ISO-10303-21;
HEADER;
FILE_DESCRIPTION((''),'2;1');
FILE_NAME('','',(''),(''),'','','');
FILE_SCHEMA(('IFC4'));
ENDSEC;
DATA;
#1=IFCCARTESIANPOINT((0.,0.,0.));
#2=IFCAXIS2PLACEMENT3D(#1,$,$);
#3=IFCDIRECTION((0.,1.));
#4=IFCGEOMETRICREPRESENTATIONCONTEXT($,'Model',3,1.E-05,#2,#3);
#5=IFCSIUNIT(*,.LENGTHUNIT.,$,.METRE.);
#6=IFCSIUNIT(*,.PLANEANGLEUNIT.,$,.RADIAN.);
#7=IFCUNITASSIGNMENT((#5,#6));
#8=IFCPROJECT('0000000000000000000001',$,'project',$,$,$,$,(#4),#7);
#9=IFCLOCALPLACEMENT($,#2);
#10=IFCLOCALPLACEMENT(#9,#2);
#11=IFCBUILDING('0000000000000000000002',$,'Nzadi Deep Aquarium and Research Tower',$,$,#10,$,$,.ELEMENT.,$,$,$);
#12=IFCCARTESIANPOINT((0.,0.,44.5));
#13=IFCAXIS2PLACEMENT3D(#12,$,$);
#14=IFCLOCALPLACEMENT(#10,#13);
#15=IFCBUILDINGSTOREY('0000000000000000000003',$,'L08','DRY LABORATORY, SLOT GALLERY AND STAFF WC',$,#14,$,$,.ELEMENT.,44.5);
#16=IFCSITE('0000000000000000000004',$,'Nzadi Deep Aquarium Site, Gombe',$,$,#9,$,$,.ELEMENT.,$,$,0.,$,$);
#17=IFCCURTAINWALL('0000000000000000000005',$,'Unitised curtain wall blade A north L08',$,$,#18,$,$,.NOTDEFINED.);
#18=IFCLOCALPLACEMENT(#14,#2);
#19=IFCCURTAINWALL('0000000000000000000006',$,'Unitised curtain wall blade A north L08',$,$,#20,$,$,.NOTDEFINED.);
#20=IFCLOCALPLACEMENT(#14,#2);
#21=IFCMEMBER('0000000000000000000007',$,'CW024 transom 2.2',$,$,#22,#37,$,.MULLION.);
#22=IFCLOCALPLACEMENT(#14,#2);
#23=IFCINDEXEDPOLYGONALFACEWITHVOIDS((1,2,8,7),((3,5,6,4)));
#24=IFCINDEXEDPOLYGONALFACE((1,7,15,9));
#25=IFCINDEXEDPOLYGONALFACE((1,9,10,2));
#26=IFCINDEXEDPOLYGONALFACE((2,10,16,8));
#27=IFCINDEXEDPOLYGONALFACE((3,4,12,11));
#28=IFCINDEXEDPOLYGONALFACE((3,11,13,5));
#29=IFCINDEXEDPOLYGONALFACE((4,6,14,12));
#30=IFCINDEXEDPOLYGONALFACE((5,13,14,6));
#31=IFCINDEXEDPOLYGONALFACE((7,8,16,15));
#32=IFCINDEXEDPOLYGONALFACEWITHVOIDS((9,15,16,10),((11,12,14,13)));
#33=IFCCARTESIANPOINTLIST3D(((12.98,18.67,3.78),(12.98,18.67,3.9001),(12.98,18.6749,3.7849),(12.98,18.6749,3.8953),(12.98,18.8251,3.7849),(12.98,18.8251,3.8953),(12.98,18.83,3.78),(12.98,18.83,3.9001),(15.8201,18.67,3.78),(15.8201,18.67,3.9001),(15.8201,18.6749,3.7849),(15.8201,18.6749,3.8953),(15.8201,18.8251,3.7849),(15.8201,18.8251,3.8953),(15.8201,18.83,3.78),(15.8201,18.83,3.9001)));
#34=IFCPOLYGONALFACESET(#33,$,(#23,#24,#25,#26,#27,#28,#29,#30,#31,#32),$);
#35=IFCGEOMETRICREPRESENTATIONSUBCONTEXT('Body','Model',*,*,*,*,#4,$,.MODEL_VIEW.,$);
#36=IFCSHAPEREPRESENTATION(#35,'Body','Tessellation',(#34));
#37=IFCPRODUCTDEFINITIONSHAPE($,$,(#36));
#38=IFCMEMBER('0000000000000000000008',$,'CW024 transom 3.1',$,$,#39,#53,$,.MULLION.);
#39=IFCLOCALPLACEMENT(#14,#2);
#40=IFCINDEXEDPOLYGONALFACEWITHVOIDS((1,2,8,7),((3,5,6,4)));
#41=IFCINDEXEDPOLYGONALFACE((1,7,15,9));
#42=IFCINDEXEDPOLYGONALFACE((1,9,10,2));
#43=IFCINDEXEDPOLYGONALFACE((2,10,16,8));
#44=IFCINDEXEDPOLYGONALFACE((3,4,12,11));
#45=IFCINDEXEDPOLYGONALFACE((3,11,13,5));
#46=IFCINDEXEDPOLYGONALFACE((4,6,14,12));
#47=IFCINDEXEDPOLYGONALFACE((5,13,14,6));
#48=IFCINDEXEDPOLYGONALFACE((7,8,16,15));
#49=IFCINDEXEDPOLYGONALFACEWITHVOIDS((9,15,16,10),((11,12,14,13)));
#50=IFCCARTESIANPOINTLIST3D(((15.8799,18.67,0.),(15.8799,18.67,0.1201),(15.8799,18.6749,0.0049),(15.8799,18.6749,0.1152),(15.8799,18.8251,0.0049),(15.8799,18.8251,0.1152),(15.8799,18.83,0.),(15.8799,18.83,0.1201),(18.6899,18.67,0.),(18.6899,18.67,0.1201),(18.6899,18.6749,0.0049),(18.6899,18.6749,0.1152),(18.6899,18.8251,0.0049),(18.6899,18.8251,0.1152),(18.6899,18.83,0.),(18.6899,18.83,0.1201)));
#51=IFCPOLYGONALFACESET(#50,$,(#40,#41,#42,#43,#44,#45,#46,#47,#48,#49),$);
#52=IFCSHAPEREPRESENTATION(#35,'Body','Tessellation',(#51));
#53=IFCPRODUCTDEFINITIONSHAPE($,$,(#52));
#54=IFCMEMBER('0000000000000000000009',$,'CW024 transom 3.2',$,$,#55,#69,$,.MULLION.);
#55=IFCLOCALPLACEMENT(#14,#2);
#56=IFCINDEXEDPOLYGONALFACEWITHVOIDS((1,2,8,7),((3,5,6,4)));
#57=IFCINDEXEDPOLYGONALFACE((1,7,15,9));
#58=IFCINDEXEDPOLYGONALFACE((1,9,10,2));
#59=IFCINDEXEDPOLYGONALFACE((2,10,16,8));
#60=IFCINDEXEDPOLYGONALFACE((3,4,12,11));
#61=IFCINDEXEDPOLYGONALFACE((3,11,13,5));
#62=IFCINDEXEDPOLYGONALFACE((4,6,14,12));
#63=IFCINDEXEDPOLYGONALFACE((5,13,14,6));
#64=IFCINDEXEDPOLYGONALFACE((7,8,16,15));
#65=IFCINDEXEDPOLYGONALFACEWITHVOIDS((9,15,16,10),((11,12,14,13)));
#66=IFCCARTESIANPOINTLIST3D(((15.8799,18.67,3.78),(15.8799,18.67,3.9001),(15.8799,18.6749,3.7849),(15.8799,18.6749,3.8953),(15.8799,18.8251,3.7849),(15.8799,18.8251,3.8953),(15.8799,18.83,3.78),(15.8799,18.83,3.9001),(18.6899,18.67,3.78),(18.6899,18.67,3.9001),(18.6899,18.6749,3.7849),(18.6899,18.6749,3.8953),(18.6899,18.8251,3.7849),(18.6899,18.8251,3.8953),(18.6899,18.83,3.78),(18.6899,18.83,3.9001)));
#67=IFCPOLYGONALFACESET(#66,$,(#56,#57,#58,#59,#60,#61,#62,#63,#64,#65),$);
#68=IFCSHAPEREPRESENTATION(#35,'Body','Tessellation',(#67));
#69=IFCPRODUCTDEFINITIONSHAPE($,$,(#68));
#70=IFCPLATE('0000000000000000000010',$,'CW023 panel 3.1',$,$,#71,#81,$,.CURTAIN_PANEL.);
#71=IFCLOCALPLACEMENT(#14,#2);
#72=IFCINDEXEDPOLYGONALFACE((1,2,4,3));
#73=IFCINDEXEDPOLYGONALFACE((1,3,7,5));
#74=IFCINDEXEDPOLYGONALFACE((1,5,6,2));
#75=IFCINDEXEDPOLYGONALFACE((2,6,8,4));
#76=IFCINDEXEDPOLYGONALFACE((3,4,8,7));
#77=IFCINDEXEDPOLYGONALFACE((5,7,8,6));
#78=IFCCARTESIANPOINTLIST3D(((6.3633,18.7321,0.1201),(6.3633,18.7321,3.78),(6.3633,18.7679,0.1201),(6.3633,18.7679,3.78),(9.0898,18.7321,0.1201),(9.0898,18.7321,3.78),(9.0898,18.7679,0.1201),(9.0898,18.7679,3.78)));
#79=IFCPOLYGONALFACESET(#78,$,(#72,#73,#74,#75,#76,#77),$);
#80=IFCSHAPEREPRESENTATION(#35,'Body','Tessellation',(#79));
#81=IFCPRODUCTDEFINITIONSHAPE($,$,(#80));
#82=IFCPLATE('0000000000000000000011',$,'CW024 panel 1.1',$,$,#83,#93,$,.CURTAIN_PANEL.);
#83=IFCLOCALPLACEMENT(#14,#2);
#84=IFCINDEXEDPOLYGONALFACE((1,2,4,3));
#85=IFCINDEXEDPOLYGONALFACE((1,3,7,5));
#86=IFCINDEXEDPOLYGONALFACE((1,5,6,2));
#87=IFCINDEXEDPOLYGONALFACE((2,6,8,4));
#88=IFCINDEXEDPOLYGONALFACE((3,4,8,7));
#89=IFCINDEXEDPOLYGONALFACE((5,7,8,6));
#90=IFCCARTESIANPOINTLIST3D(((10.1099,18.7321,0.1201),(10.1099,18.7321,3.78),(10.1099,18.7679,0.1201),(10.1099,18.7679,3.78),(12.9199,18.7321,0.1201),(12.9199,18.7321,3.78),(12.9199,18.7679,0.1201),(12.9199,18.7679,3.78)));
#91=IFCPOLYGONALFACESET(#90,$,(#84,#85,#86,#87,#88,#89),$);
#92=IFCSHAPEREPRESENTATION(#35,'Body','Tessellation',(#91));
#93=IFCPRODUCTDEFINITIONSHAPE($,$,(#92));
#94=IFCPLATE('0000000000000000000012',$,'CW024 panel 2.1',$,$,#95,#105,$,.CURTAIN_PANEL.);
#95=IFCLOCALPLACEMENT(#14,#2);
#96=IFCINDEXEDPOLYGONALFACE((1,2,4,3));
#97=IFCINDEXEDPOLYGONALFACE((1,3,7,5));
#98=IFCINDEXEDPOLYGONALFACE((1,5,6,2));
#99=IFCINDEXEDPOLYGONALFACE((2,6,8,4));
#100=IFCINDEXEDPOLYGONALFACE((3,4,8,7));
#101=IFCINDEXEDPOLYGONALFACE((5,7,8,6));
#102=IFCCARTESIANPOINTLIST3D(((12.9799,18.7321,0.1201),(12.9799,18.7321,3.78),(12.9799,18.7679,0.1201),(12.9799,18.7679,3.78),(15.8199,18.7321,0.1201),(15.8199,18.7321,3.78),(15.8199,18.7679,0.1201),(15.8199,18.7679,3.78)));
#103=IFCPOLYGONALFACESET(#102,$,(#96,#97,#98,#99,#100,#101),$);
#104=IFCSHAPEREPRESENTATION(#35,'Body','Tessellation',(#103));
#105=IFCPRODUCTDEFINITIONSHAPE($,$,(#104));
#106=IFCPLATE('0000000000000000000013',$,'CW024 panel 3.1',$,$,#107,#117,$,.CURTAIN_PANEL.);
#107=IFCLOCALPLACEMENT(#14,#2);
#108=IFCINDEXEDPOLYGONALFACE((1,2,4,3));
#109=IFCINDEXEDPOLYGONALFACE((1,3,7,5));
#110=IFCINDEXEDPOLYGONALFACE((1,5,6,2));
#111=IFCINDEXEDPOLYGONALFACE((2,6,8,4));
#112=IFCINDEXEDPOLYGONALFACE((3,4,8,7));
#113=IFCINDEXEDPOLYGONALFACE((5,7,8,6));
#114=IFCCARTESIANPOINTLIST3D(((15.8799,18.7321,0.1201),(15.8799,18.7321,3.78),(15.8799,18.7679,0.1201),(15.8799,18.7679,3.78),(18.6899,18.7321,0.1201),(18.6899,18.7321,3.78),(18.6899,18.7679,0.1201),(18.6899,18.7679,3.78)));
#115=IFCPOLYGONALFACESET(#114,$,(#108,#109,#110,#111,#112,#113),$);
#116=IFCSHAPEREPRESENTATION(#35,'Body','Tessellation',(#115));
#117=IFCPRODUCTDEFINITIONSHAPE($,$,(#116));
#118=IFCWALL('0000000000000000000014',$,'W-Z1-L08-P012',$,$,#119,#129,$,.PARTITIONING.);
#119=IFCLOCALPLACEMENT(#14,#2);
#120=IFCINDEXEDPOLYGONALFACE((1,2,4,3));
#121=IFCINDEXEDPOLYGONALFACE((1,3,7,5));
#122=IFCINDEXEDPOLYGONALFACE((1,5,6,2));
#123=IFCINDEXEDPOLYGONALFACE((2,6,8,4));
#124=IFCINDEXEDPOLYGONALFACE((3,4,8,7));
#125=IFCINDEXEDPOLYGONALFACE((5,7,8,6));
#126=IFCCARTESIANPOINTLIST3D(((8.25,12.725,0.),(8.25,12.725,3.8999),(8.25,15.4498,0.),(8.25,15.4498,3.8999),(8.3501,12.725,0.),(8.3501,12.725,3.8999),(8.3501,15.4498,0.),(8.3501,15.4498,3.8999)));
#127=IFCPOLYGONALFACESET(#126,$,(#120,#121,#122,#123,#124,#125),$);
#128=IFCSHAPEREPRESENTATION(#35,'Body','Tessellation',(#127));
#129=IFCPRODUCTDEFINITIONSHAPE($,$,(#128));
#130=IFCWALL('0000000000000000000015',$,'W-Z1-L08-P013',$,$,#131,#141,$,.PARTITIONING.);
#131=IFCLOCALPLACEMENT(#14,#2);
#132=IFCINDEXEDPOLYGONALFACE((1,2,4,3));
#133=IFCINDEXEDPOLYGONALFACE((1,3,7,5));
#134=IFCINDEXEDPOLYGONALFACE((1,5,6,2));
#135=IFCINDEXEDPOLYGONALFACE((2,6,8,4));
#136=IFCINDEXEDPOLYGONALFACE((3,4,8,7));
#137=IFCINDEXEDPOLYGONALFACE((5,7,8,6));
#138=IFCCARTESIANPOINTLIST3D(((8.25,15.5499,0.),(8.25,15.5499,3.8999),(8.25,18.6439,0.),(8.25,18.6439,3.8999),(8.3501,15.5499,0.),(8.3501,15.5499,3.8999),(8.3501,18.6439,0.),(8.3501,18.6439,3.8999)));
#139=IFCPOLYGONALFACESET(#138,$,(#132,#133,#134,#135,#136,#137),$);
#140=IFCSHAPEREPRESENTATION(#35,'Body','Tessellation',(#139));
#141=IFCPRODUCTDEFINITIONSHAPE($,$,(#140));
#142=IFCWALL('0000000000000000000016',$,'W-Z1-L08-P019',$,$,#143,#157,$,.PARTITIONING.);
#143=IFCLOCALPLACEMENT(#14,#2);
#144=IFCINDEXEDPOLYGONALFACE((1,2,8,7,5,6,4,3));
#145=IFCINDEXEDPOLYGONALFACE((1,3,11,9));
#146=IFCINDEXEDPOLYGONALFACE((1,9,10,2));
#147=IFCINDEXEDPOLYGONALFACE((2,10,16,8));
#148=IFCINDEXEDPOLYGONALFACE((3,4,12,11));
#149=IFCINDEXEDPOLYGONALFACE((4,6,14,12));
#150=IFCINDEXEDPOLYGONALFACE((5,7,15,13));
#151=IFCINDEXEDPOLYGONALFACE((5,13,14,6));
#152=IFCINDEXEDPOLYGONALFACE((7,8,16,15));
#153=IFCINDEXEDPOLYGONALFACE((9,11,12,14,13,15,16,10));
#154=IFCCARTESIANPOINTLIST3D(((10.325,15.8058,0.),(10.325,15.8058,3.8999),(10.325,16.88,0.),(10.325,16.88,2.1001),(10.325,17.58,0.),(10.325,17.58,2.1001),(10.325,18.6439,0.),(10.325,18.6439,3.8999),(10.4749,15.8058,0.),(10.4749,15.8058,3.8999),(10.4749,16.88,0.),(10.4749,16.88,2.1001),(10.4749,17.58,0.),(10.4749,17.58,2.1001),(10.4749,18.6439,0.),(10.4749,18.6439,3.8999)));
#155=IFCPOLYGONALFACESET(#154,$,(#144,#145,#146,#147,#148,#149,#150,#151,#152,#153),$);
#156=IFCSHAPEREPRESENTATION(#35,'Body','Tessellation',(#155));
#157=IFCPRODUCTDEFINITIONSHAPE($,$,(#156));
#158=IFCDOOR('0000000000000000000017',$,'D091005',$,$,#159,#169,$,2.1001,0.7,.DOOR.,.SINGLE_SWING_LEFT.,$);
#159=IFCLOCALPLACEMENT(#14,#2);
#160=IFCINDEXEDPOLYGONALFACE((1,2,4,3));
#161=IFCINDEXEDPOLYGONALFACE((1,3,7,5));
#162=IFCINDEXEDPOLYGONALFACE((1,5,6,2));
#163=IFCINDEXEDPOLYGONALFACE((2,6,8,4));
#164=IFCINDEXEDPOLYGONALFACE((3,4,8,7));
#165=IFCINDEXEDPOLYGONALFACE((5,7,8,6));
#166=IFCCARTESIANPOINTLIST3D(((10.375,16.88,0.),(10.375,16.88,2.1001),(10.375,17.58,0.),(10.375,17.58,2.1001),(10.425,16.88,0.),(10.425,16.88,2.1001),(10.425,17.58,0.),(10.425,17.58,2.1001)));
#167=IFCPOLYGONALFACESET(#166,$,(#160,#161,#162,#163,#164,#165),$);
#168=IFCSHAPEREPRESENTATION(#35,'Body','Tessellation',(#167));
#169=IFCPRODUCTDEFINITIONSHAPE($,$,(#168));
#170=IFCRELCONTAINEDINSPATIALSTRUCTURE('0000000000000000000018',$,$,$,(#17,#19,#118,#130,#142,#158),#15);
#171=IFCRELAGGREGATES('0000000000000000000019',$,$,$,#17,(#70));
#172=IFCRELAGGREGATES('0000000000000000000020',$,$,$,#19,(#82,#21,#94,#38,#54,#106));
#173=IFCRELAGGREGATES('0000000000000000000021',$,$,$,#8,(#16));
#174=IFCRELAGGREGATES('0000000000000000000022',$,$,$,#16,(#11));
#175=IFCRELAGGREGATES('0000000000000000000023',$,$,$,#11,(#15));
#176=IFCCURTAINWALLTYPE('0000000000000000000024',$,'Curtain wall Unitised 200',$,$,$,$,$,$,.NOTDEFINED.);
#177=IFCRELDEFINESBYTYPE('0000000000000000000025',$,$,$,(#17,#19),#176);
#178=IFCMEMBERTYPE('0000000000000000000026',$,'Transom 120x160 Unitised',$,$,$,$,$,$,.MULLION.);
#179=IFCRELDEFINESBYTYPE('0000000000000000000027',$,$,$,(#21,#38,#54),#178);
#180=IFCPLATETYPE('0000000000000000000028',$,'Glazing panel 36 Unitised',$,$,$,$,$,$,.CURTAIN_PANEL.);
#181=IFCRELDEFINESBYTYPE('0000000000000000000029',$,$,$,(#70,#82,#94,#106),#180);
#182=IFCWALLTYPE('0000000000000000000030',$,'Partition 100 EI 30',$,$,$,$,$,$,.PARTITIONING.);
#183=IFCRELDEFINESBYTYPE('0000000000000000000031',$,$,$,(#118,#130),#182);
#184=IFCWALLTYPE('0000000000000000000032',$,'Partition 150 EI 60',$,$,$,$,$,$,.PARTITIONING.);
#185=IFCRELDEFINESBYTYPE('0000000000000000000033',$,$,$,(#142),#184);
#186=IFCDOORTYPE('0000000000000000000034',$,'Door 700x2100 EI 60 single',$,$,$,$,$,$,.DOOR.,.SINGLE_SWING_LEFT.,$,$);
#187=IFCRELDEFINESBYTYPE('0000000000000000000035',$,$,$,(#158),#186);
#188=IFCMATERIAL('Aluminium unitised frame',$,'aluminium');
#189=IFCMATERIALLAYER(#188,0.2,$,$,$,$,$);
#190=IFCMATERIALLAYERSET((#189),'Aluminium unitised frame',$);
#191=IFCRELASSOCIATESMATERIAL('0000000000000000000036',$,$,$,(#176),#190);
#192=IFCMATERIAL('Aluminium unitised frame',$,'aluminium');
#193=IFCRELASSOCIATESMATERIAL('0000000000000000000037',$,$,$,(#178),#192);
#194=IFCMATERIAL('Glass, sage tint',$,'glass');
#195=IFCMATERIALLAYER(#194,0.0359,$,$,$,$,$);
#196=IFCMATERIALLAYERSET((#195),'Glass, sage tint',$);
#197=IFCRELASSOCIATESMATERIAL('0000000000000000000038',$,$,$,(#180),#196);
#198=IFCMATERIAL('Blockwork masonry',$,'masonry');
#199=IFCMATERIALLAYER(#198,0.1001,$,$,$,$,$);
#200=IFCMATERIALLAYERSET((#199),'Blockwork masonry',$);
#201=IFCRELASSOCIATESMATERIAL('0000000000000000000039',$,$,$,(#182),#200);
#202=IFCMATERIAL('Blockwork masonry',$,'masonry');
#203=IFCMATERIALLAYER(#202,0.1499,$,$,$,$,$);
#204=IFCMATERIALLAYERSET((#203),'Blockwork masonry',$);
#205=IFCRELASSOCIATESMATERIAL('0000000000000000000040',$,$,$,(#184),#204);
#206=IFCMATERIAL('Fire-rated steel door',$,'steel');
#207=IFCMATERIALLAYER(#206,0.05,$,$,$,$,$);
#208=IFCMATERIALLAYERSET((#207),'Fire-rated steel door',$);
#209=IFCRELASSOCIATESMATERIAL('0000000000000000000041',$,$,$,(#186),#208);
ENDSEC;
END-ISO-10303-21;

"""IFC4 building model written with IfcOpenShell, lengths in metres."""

from ifc_helpers import new_model, si_unit, direction, frame, frame_2d, origin, origin_2d, place, context, subcontext, project, spatial, rectangle, hollow_rectangle, extrude, material, layer, layer_set, material_profile, profile_set, type_object, element, fill, aggregate, save


model = new_model("IFC4")

# Units and contexts
model_context = context("Model", 3, precision=1e-05, world=origin(), true_north=direction((0.0, 1.0)))
body_context = subcontext(model_context, "Body", "Model", "MODEL_VIEW")
ifc_project = project(units=[si_unit("LENGTHUNIT", "METRE"), si_unit("PLANEANGLEUNIT", "RADIAN")], contexts=[model_context])

# Site, building, storey
site_placement = place(None, origin())
site = spatial("IfcSite", under=ifc_project, at=site_placement, Name="Nzadi Deep Aquarium Site, Gombe", CompositionType="ELEMENT", RefElevation=0.0)
building_placement = place(site_placement, origin())
building = spatial("IfcBuilding", under=site, at=building_placement, Name="Nzadi Deep Aquarium and Research Tower", CompositionType="ELEMENT")
storey_placement = place(building_placement, frame((0.0, 0.0, 44.5)))
storey = spatial("IfcBuildingStorey", under=building, at=storey_placement, Name="L08", Description="DRY LABORATORY, SLOT GALLERY AND STAFF WC", CompositionType="ELEMENT", Elevation=44.5)

# Curtain wall
ifc_material_1 = material(Name="Aluminium unitised frame", Category="aluminium")
ifc_layer_1 = layer(ifc_material_1, 0.2)
ifc_layer_set_1 = layer_set([ifc_layer_1], Name="Aluminium unitised frame")
curtain_wall_type = type_object("IfcCurtainWallType", Name="Curtain wall Unitised 200", PredefinedType="NOTDEFINED", material=ifc_layer_set_1)
curtain_wall_1_placement = place(storey_placement, origin())
curtain_wall_1 = element("IfcCurtainWall", 1, at=curtain_wall_1_placement, inside=storey, type_object=curtain_wall_type, Name="Unitised curtain wall blade A north L08", PredefinedType="NOTDEFINED")

# Curtain wall
curtain_wall_2_placement = place(storey_placement, origin())
curtain_wall_2 = element("IfcCurtainWall", 2, at=curtain_wall_2_placement, inside=storey, type_object=curtain_wall_type, Name="Unitised curtain wall blade A north L08", PredefinedType="NOTDEFINED")

# Members
ifc_material_2 = material(Name="Aluminium unitised frame", Category="aluminium")
ifc_material_profile_1 = material_profile(ifc_material_2, hollow_rectangle(XDim=0.1599, YDim=0.1201, WallThickness=0.0049, at=origin_2d()))
ifc_profile_set_1 = profile_set([ifc_material_profile_1], Name="Aluminium unitised frame")
member_type_1 = type_object("IfcMemberType", Name="Transom 120x160 Unitised", PredefinedType="MULLION", material=ifc_profile_set_1)
member_1_placement = place(storey_placement, frame((12.98, 18.75, 3.8401), z_axis=(1.0, 0.0, 0.0), x_axis=(0.0, 1.0, 0.0)))
member_1 = element("IfcMember", 3, at=member_1_placement, type_object=member_type_1, Name="CW024 transom 2.2", PredefinedType="MULLION", context=body_context, shape_type="SweptSolid", body=[
    extrude(hollow_rectangle(XDim=0.1599, YDim=0.1201, WallThickness=0.0049, at=origin_2d()), origin(), (0.0, 0.0, 1.0), 2.8401),
])
member_2_placement = place(storey_placement, frame((15.8799, 18.75, 0.0601), z_axis=(1.0, 0.0, 0.0), x_axis=(0.0, 1.0, 0.0)))
member_2 = element("IfcMember", 4, at=member_2_placement, type_object=member_type_1, Name="CW024 transom 3.1", PredefinedType="MULLION", context=body_context, shape_type="SweptSolid", body=[
    extrude(hollow_rectangle(XDim=0.1599, YDim=0.1201, WallThickness=0.0049, at=origin_2d()), origin(), (0.0, 0.0, 1.0), 2.8101),
])
member_3_placement = place(storey_placement, frame((15.8799, 18.75, 3.8401), z_axis=(1.0, 0.0, 0.0), x_axis=(0.0, 1.0, 0.0)))
member_3 = element("IfcMember", 5, at=member_3_placement, type_object=member_type_1, Name="CW024 transom 3.2", PredefinedType="MULLION", context=body_context, shape_type="SweptSolid", body=[
    extrude(hollow_rectangle(XDim=0.1599, YDim=0.1201, WallThickness=0.0049, at=origin_2d()), origin(), (0.0, 0.0, 1.0), 2.8101),
])

# Plates
ifc_material_3 = material(Name="Glass, sage tint", Category="glass")
ifc_layer_2 = layer(ifc_material_3, 0.0359)
ifc_layer_set_2 = layer_set([ifc_layer_2], Name="Glass, sage tint")
plate_type = type_object("IfcPlateType", Name="Glazing panel 36 Unitised", PredefinedType="CURTAIN_PANEL", material=ifc_layer_set_2)
plate_1_placement = place(storey_placement, frame((7.7266, 18.75, 0.1201), z_axis=(0.0, 0.0, 1.0), x_axis=(1.0, 0.0, 0.0)))
plate_1 = element("IfcPlate", 6, at=plate_1_placement, type_object=plate_type, Name="CW023 panel 3.1", PredefinedType="CURTAIN_PANEL", context=body_context, shape_type="SweptSolid", body=[
    extrude(rectangle(XDim=2.7266, YDim=0.0359, at=origin_2d()), origin(), (0.0, 0.0, 1.0), 3.6599),
])
aggregate(curtain_wall_1, [plate_1])
plate_2_placement = place(storey_placement, frame((11.5149, 18.75, 0.1201), z_axis=(0.0, 0.0, 1.0), x_axis=(1.0, 0.0, 0.0)))
plate_2 = element("IfcPlate", 7, at=plate_2_placement, type_object=plate_type, Name="CW024 panel 1.1", PredefinedType="CURTAIN_PANEL", context=body_context, shape_type="SweptSolid", body=[
    extrude(rectangle(XDim=2.8101, YDim=0.0359, at=origin_2d()), origin(), (0.0, 0.0, 1.0), 3.6599),
])
plate_3_placement = place(storey_placement, frame((14.3999, 18.75, 0.1201), z_axis=(0.0, 0.0, 1.0), x_axis=(1.0, 0.0, 0.0)))
plate_3 = element("IfcPlate", 8, at=plate_3_placement, type_object=plate_type, Name="CW024 panel 2.1", PredefinedType="CURTAIN_PANEL", context=body_context, shape_type="SweptSolid", body=[
    extrude(rectangle(XDim=2.8401, YDim=0.0359, at=origin_2d()), origin(), (0.0, 0.0, 1.0), 3.6599),
])
plate_4_placement = place(storey_placement, frame((17.2849, 18.75, 0.1201), z_axis=(0.0, 0.0, 1.0), x_axis=(1.0, 0.0, 0.0)))
plate_4 = element("IfcPlate", 9, at=plate_4_placement, type_object=plate_type, Name="CW024 panel 3.1", PredefinedType="CURTAIN_PANEL", context=body_context, shape_type="SweptSolid", body=[
    extrude(rectangle(XDim=2.8101, YDim=0.0359, at=origin_2d()), origin(), (0.0, 0.0, 1.0), 3.6599),
])
aggregate(curtain_wall_2, [plate_2, member_1, plate_3, member_2, member_3, plate_4])

# Walls
ifc_material_4 = material(Name="Blockwork masonry", Category="masonry")
ifc_layer_3 = layer(ifc_material_4, 0.1001)
ifc_layer_set_3 = layer_set([ifc_layer_3], Name="Blockwork masonry")
wall_type_1 = type_object("IfcWallType", Name="Partition 100 EI 30", PredefinedType="PARTITIONING", material=ifc_layer_set_3)
wall_1_placement = place(storey_placement, frame((8.3, 12.7251, 0.0), z_axis=(0.0, 0.0, 1.0), x_axis=(0.0, 1.0, 0.0)))
element("IfcWall", 10, at=wall_1_placement, inside=storey, type_object=wall_type_1, Name="W-Z1-L08-P012", PredefinedType="PARTITIONING", context=body_context, shape_type="SweptSolid", body=[
    extrude(rectangle(XDim=2.7249, YDim=0.1001, at=frame_2d((1.3623, 0.0))), origin(), (0.0, 0.0, 1.0), 3.8999),
])
wall_2_placement = place(storey_placement, frame((8.3, 15.55, 0.0), z_axis=(0.0, 0.0, 1.0), x_axis=(0.0, 1.0, 0.0)))
element("IfcWall", 11, at=wall_2_placement, inside=storey, type_object=wall_type_1, Name="W-Z1-L08-P013", PredefinedType="PARTITIONING", context=body_context, shape_type="SweptSolid", body=[
    extrude(rectangle(XDim=3.094, YDim=0.1001, at=frame_2d((1.5469, 0.0))), origin(), (0.0, 0.0, 1.0), 3.8999),
])

# Wall, opening, door
ifc_material_5 = material(Name="Blockwork masonry", Category="masonry")
ifc_layer_4 = layer(ifc_material_5, 0.1499)
ifc_layer_set_4 = layer_set([ifc_layer_4], Name="Blockwork masonry")
wall_type_2 = type_object("IfcWallType", Name="Partition 150 EI 60", PredefinedType="PARTITIONING", material=ifc_layer_set_4)
wall_3_placement = place(storey_placement, frame((10.3999, 15.8059, 0.0), z_axis=(0.0, 0.0, 1.0), x_axis=(0.0, 1.0, 0.0)))
wall_3 = element("IfcWall", 12, at=wall_3_placement, inside=storey, type_object=wall_type_2, Name="W-Z1-L08-P019", PredefinedType="PARTITIONING", context=body_context, shape_type="SweptSolid", body=[
    extrude(rectangle(XDim=2.8381, YDim=0.1499, at=frame_2d((1.4189, 0.0))), origin(), (0.0, 0.0, 1.0), 3.8999),
])
opening_1_placement = place(wall_3_placement, frame((1.074, 0.0, 0.0)))
opening_1 = element("IfcOpeningElement", 13, at=opening_1_placement, cuts=wall_3, PredefinedType="OPENING", context=body_context, shape_type="SweptSolid", body=[
    extrude(rectangle(XDim=0.7, YDim=2.1001, at=frame_2d((0.3501, 1.05))), frame((0.0, 0.085, 0.0), z_axis=(0.0, -1.0, 0.0), x_axis=(1.0, 0.0, 0.0)), (0.0, 0.0, 1.0), 0.1699),
])
ifc_material_6 = material(Name="Fire-rated steel door", Category="steel")
ifc_layer_5 = layer(ifc_material_6, 0.05)
ifc_layer_set_5 = layer_set([ifc_layer_5], Name="Fire-rated steel door")
door_type_1 = type_object("IfcDoorType", Name="Door 700x2100 EI 60 single", OperationType="SINGLE_SWING_LEFT", PredefinedType="DOOR", material=ifc_layer_set_5)
door_1_placement = place(opening_1_placement, origin())
door_1 = element("IfcDoor", 14, at=door_1_placement, inside=storey, type_object=door_type_1, Name="D091005", OperationType="SINGLE_SWING_LEFT", OverallHeight=2.1001, OverallWidth=0.7, PredefinedType="DOOR", context=body_context, shape_type="SweptSolid", body=[
    extrude(rectangle(XDim=0.7, YDim=2.1001, at=frame_2d((0.3501, 1.05))), frame((0.0, 0.0249, 0.0), z_axis=(0.0, -1.0, 0.0), x_axis=(1.0, 0.0, 0.0)), (0.0, 0.0, 1.0), 0.05),
])
fill(opening_1, door_1)

save(model, "model.ifc")
